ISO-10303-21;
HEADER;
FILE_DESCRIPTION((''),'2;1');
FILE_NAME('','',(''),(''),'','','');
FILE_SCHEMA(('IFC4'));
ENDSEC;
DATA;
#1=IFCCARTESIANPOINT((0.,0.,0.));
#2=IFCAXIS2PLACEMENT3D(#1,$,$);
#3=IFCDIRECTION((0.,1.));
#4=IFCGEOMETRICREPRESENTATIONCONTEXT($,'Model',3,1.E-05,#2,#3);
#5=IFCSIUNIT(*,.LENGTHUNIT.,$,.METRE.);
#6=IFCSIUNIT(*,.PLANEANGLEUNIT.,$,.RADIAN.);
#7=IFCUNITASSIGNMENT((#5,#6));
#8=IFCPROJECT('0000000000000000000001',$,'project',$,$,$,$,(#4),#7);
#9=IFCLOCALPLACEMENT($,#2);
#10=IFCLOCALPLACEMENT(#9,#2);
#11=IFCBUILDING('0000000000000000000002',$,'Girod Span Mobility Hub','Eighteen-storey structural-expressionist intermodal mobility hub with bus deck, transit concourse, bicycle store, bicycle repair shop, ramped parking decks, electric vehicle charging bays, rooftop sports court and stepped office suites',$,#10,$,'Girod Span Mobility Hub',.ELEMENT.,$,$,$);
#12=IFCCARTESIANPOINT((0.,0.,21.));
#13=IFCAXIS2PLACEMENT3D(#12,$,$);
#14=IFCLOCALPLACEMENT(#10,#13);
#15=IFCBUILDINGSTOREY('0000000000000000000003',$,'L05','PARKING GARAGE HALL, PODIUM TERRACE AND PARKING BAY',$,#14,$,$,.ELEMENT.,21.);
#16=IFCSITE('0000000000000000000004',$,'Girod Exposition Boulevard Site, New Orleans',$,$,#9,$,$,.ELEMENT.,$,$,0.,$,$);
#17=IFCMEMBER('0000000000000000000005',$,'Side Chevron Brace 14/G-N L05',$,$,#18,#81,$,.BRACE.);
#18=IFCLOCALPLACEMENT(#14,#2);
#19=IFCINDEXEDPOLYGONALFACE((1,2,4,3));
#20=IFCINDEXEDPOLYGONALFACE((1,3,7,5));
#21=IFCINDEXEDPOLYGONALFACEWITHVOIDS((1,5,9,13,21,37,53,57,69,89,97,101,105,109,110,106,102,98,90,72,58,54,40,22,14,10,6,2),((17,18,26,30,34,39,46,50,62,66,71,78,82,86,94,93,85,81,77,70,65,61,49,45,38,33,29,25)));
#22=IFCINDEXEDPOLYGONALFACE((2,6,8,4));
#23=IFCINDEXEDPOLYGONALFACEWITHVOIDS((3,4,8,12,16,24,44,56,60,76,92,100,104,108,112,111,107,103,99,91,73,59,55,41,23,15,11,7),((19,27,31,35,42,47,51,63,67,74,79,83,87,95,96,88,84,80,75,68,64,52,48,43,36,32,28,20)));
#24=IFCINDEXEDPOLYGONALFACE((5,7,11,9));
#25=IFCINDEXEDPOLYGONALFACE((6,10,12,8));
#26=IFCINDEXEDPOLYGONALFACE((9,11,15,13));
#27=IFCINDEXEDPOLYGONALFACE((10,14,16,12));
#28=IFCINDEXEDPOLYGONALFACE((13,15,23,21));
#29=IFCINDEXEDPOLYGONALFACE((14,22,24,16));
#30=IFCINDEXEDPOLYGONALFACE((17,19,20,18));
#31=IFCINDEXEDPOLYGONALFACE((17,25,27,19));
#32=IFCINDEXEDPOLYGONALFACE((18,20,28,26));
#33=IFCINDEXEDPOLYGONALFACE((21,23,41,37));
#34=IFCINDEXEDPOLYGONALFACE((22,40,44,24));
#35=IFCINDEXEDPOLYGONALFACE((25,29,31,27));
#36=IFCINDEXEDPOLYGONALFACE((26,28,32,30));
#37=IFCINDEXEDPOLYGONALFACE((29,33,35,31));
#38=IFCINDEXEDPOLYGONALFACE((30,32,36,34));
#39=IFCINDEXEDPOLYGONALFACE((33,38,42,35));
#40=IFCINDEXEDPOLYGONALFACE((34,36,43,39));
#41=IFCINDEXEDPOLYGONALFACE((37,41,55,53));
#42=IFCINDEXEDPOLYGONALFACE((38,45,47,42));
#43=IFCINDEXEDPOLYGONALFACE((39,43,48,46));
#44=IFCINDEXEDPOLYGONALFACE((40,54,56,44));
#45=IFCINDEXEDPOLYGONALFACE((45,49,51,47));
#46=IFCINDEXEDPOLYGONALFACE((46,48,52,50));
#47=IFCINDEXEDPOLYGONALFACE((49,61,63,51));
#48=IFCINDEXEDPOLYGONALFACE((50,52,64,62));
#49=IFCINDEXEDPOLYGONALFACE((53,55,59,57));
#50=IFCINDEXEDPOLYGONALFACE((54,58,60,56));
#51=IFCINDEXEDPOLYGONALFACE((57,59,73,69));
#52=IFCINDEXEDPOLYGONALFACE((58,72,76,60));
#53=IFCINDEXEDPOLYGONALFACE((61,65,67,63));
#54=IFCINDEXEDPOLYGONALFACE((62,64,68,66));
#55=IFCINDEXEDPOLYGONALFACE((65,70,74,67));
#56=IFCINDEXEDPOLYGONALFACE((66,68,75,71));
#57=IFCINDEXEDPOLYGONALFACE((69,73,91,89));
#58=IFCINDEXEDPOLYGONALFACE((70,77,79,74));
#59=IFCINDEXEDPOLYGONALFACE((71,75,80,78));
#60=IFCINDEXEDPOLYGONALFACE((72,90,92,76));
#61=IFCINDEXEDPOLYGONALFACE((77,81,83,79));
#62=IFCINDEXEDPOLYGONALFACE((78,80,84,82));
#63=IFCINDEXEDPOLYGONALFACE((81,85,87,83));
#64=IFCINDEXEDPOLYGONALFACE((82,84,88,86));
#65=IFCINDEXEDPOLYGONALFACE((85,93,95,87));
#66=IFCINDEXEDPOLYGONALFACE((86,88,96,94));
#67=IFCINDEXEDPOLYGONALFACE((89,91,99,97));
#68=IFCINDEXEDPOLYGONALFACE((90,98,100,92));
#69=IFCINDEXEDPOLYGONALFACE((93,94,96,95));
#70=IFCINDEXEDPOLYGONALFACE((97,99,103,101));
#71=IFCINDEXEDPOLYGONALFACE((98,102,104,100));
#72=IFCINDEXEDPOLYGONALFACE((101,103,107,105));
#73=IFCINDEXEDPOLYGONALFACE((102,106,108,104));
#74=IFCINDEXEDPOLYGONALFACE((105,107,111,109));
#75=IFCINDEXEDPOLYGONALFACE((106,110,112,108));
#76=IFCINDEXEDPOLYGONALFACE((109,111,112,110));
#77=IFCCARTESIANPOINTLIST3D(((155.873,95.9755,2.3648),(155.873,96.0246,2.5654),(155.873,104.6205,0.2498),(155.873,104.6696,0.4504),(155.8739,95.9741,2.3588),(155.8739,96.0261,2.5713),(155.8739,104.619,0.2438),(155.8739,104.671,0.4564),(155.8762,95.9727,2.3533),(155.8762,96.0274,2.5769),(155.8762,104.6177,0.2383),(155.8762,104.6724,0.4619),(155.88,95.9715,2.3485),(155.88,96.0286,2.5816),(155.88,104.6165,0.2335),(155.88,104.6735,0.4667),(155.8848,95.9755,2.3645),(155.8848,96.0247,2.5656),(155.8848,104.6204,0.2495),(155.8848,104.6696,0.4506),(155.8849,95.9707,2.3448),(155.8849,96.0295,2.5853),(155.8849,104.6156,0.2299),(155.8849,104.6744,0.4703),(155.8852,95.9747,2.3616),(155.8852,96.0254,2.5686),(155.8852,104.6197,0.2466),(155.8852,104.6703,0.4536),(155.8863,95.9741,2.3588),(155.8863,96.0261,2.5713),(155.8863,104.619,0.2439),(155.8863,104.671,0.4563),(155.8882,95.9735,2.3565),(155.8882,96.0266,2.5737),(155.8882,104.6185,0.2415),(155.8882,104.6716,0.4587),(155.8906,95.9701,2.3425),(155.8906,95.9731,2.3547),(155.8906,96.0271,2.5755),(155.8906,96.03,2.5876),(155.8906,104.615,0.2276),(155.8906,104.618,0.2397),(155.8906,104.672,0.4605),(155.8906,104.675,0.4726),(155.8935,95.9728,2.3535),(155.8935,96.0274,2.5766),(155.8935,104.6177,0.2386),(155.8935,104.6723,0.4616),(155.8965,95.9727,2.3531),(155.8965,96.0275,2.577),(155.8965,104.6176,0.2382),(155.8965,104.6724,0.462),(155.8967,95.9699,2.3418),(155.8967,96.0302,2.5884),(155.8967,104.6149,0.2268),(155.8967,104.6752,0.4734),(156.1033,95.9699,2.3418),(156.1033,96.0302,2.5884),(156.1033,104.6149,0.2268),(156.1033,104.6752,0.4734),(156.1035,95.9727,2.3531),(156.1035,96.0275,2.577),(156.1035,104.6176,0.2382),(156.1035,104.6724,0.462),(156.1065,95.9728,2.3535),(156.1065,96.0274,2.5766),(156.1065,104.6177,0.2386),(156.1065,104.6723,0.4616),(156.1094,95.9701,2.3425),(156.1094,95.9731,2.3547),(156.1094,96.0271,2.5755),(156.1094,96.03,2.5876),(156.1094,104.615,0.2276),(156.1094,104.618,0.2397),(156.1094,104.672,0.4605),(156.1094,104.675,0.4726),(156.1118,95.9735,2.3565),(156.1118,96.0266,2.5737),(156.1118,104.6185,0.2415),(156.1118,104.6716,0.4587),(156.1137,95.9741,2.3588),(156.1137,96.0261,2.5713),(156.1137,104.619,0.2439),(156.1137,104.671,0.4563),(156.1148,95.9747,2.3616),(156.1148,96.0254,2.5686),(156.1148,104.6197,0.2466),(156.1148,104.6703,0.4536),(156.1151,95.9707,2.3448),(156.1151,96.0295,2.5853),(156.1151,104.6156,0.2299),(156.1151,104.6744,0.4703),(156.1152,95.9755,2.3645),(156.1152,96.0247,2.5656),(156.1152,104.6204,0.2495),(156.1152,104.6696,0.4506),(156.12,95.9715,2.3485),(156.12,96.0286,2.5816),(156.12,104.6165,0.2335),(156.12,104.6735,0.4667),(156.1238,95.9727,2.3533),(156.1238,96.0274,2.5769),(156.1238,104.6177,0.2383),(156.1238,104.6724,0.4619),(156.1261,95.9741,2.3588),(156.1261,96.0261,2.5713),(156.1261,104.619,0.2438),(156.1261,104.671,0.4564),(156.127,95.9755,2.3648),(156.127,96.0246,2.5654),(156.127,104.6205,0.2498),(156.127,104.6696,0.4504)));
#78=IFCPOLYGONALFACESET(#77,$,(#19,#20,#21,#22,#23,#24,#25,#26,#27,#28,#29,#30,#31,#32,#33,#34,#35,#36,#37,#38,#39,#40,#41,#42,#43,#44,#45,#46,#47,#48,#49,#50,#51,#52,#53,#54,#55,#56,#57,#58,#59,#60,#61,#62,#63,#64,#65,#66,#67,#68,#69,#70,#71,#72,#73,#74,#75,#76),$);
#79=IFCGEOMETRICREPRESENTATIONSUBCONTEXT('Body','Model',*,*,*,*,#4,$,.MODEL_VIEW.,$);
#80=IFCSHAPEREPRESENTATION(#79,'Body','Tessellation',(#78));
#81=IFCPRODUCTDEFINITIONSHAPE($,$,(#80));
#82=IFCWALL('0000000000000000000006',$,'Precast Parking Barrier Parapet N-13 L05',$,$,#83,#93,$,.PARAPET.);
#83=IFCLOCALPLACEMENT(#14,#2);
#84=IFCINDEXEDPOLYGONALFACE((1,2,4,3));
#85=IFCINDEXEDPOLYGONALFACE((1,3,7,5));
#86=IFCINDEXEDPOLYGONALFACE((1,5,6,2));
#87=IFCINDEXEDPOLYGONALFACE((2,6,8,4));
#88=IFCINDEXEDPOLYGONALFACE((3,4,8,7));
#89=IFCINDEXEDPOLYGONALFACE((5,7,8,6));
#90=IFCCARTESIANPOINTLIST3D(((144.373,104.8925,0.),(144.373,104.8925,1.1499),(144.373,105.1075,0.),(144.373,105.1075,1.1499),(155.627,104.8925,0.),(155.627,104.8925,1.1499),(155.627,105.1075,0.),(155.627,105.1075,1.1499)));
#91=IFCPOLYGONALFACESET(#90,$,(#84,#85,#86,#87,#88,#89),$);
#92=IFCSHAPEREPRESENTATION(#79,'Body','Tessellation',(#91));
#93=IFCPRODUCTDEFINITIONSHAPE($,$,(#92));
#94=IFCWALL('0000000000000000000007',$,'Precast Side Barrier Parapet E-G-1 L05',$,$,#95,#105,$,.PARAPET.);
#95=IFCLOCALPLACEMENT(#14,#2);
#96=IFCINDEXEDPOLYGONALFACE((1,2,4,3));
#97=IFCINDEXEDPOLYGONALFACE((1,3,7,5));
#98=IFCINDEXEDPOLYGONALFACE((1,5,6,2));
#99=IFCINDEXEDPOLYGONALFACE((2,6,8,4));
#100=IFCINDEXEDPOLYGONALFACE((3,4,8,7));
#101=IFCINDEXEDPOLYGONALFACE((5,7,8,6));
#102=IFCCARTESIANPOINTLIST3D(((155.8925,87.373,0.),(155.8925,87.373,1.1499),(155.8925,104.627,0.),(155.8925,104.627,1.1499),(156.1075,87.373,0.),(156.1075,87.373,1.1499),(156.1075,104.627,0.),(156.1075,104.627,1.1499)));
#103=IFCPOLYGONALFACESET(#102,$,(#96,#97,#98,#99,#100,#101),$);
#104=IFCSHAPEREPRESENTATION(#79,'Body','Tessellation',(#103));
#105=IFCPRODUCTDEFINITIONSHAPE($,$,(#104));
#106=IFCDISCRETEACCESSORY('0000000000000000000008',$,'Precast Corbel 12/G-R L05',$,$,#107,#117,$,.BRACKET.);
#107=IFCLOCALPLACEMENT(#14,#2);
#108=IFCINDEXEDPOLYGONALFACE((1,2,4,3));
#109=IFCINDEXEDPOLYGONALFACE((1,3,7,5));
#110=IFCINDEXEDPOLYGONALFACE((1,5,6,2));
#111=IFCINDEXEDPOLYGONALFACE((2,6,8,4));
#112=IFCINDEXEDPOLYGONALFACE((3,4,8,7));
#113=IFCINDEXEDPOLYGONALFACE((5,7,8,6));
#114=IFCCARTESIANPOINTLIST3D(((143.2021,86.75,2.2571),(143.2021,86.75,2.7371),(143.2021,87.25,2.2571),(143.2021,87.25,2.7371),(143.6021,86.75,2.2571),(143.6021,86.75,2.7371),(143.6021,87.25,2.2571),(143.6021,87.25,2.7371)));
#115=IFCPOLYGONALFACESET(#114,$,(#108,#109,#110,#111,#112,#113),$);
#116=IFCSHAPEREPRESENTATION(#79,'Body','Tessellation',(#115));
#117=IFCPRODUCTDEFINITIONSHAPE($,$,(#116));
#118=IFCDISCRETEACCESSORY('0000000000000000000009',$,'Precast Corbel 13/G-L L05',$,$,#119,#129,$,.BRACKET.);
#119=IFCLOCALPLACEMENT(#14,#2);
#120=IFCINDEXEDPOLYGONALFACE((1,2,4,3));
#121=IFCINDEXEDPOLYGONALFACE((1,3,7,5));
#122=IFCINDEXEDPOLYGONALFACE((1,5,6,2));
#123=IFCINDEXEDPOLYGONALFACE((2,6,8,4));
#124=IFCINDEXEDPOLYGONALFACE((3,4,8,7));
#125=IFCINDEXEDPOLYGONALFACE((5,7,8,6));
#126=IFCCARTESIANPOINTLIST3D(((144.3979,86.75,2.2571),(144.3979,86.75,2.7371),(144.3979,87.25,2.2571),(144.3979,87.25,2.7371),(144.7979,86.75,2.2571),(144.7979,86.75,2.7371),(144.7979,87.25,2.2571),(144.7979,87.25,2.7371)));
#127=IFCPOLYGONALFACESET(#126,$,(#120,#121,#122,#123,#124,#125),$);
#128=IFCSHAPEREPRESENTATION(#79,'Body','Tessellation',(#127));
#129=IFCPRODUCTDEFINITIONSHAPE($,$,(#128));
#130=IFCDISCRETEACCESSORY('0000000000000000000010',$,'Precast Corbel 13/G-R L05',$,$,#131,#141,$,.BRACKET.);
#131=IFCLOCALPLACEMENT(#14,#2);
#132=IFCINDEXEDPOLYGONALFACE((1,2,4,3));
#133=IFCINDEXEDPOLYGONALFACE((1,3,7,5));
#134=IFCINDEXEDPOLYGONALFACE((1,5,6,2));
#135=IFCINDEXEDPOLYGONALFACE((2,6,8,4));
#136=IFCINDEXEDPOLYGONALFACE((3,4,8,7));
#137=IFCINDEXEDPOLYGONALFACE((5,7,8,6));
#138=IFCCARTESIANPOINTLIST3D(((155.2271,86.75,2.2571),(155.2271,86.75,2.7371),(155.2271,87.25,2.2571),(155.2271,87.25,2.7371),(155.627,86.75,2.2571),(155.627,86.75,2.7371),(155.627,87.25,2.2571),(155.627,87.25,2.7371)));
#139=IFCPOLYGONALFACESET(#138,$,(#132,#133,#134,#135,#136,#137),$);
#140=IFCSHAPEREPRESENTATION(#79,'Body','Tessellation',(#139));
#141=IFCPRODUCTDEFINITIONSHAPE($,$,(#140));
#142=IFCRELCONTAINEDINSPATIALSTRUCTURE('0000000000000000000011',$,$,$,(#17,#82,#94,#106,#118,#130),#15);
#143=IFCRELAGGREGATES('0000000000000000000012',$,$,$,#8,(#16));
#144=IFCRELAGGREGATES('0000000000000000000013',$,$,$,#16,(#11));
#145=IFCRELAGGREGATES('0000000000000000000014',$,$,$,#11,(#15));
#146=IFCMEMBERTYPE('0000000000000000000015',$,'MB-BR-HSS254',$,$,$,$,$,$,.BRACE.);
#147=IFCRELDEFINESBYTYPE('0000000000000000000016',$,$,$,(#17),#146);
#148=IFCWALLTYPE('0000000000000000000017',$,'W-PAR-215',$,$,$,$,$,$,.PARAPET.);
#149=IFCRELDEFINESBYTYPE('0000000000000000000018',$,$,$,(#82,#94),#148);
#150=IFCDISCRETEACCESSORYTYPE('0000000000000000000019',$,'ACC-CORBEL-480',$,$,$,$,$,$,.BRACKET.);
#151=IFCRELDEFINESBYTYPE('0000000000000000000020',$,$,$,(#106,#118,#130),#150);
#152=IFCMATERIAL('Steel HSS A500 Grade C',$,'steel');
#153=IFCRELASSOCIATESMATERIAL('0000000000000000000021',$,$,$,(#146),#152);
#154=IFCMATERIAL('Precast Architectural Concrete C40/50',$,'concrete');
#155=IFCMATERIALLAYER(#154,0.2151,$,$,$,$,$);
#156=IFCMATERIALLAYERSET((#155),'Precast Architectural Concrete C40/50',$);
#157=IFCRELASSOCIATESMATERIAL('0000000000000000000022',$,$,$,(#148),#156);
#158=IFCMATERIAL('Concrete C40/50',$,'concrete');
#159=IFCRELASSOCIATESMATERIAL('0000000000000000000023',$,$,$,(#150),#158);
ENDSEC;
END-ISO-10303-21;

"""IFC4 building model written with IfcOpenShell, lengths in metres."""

from ifc_helpers import new_model, si_unit, direction, frame, frame_2d, origin, origin_2d, place, context, subcontext, project, spatial, rectangle, hollow_rectangle, extrude, material, layer, layer_set, material_profile, profile_set, type_object, element, save


model = new_model("IFC4")

# Units and contexts
model_context = context("Model", 3, precision=1e-05, world=origin(), true_north=direction((0.0, 1.0)))
body_context = subcontext(model_context, "Body", "Model", "MODEL_VIEW")
ifc_project = project(units=[si_unit("LENGTHUNIT", "METRE"), si_unit("PLANEANGLEUNIT", "RADIAN")], contexts=[model_context])

# Site, building, storey
site_placement = place(None, origin())
site = spatial("IfcSite", under=ifc_project, at=site_placement, Name="Girod Exposition Boulevard Site, New Orleans", CompositionType="ELEMENT", RefElevation=0.0)
building_placement = place(site_placement, origin())
building = spatial("IfcBuilding", under=site, at=building_placement, Name="Girod Span Mobility Hub", Description="Eighteen-storey structural-expressionist intermodal mobility hub with bus deck, transit concourse, bicycle store, bicycle repair shop, ramped parking decks, electric vehicle charging bays, rooftop sports court and stepped office suites", LongName="Girod Span Mobility Hub", CompositionType="ELEMENT")
storey_placement = place(building_placement, frame((0.0, 0.0, 21.0)))
storey = spatial("IfcBuildingStorey", under=building, at=storey_placement, Name="L05", Description="PARKING GARAGE HALL, PODIUM TERRACE AND PARKING BAY", CompositionType="ELEMENT", Elevation=21.0)

# Member
ifc_material_1 = material(Name="Steel HSS A500 Grade C", Category="steel")
ifc_material_profile_1 = material_profile(ifc_material_1, hollow_rectangle(XDim=0.2539, YDim=0.2539, WallThickness=0.0117, InnerFilletRadius=0.0117, OuterFilletRadius=0.0237, at=origin_2d()), Name="HSS254X254X12.7")
ifc_profile_set_1 = profile_set([ifc_material_profile_1], Name="Steel HSS A500 Grade C")
member_type = type_object("IfcMemberType", Name="MB-BR-HSS254", PredefinedType="BRACE", material=ifc_profile_set_1)
for number, where, z_axis, x_axis, name in (
    (1, (156.0, 104.645, 0.3501), (0.0, -0.971353, 0.23764), (1.0, 0.0, 0.0), "Side Chevron Brace 14/G-N L05"),
):
    element("IfcMember", number, at=place(storey_placement, frame(where, z_axis=z_axis, x_axis=x_axis)), inside=storey, type_object=member_type, Name=name, PredefinedType="BRACE", context=body_context, shape_type="SweptSolid", body=[
        extrude(hollow_rectangle(XDim=0.2539, YDim=0.2539, WallThickness=0.0117, InnerFilletRadius=0.0117, OuterFilletRadius=0.0237, at=origin_2d()), origin(), (0.0, 0.0, 1.0), 8.8999),
    ])

# Walls
ifc_material_2 = material(Name="Precast Architectural Concrete C40/50", Category="concrete")
ifc_layer = layer(ifc_material_2, 0.2151)
ifc_layer_set = layer_set([ifc_layer], Name="Precast Architectural Concrete C40/50")
wall_type = type_object("IfcWallType", Name="W-PAR-215", PredefinedType="PARAPET", material=ifc_layer_set)
wall_1_placement = place(storey_placement, frame((144.373, 105.0, 0.0), z_axis=(0.0, 0.0, 1.0), x_axis=(1.0, 0.0, 0.0)))
element("IfcWall", 2, at=wall_1_placement, inside=storey, type_object=wall_type, Name="Precast Parking Barrier Parapet N-13 L05", PredefinedType="PARAPET", context=body_context, shape_type="SweptSolid", body=[
    extrude(rectangle(XDim=11.2539, YDim=0.2151, at=frame_2d((5.627, 0.0))), origin(), (0.0, 0.0, 1.0), 1.1499),
])
wall_2_placement = place(storey_placement, frame((156.0, 87.373, 0.0), z_axis=(0.0, 0.0, 1.0), x_axis=(0.0, 1.0, 0.0)))
element("IfcWall", 3, at=wall_2_placement, inside=storey, type_object=wall_type, Name="Precast Side Barrier Parapet E-G-1 L05", PredefinedType="PARAPET", context=body_context, shape_type="SweptSolid", body=[
    extrude(rectangle(XDim=17.2539, YDim=0.2151, at=frame_2d((8.627, 0.0))), origin(), (0.0, 0.0, 1.0), 1.1499),
])

# Discrete accessories
ifc_material_3 = material(Name="Concrete C40/50", Category="concrete")
discrete_accessory_type = type_object("IfcDiscreteAccessoryType", Name="ACC-CORBEL-480", PredefinedType="BRACKET", material=ifc_material_3)
for number, where, z_axis, x_axis, name in (
    (4, (143.4021, 87.0, 2.2571), (0.0, 0.0, 1.0), (1.0, 0.0, 0.0), "Precast Corbel 12/G-R L05"),
    (5, (144.5979, 87.0, 2.2571), (0.0, 0.0, 1.0), (1.0, 0.0, 0.0), "Precast Corbel 13/G-L L05"),
    (6, (155.427, 87.0, 2.2571), (0.0, 0.0, 1.0), (1.0, 0.0, 0.0), "Precast Corbel 13/G-R L05"),
):
    element("IfcDiscreteAccessory", number, at=place(storey_placement, frame(where, z_axis=z_axis, x_axis=x_axis)), inside=storey, type_object=discrete_accessory_type, Name=name, PredefinedType="BRACKET", context=body_context, shape_type="SweptSolid", body=[
        extrude(rectangle(XDim=0.3999, YDim=0.5, at=origin_2d()), origin(), (0.0, 0.0, 1.0), 0.48),
    ])

save(model, "model.ifc")
